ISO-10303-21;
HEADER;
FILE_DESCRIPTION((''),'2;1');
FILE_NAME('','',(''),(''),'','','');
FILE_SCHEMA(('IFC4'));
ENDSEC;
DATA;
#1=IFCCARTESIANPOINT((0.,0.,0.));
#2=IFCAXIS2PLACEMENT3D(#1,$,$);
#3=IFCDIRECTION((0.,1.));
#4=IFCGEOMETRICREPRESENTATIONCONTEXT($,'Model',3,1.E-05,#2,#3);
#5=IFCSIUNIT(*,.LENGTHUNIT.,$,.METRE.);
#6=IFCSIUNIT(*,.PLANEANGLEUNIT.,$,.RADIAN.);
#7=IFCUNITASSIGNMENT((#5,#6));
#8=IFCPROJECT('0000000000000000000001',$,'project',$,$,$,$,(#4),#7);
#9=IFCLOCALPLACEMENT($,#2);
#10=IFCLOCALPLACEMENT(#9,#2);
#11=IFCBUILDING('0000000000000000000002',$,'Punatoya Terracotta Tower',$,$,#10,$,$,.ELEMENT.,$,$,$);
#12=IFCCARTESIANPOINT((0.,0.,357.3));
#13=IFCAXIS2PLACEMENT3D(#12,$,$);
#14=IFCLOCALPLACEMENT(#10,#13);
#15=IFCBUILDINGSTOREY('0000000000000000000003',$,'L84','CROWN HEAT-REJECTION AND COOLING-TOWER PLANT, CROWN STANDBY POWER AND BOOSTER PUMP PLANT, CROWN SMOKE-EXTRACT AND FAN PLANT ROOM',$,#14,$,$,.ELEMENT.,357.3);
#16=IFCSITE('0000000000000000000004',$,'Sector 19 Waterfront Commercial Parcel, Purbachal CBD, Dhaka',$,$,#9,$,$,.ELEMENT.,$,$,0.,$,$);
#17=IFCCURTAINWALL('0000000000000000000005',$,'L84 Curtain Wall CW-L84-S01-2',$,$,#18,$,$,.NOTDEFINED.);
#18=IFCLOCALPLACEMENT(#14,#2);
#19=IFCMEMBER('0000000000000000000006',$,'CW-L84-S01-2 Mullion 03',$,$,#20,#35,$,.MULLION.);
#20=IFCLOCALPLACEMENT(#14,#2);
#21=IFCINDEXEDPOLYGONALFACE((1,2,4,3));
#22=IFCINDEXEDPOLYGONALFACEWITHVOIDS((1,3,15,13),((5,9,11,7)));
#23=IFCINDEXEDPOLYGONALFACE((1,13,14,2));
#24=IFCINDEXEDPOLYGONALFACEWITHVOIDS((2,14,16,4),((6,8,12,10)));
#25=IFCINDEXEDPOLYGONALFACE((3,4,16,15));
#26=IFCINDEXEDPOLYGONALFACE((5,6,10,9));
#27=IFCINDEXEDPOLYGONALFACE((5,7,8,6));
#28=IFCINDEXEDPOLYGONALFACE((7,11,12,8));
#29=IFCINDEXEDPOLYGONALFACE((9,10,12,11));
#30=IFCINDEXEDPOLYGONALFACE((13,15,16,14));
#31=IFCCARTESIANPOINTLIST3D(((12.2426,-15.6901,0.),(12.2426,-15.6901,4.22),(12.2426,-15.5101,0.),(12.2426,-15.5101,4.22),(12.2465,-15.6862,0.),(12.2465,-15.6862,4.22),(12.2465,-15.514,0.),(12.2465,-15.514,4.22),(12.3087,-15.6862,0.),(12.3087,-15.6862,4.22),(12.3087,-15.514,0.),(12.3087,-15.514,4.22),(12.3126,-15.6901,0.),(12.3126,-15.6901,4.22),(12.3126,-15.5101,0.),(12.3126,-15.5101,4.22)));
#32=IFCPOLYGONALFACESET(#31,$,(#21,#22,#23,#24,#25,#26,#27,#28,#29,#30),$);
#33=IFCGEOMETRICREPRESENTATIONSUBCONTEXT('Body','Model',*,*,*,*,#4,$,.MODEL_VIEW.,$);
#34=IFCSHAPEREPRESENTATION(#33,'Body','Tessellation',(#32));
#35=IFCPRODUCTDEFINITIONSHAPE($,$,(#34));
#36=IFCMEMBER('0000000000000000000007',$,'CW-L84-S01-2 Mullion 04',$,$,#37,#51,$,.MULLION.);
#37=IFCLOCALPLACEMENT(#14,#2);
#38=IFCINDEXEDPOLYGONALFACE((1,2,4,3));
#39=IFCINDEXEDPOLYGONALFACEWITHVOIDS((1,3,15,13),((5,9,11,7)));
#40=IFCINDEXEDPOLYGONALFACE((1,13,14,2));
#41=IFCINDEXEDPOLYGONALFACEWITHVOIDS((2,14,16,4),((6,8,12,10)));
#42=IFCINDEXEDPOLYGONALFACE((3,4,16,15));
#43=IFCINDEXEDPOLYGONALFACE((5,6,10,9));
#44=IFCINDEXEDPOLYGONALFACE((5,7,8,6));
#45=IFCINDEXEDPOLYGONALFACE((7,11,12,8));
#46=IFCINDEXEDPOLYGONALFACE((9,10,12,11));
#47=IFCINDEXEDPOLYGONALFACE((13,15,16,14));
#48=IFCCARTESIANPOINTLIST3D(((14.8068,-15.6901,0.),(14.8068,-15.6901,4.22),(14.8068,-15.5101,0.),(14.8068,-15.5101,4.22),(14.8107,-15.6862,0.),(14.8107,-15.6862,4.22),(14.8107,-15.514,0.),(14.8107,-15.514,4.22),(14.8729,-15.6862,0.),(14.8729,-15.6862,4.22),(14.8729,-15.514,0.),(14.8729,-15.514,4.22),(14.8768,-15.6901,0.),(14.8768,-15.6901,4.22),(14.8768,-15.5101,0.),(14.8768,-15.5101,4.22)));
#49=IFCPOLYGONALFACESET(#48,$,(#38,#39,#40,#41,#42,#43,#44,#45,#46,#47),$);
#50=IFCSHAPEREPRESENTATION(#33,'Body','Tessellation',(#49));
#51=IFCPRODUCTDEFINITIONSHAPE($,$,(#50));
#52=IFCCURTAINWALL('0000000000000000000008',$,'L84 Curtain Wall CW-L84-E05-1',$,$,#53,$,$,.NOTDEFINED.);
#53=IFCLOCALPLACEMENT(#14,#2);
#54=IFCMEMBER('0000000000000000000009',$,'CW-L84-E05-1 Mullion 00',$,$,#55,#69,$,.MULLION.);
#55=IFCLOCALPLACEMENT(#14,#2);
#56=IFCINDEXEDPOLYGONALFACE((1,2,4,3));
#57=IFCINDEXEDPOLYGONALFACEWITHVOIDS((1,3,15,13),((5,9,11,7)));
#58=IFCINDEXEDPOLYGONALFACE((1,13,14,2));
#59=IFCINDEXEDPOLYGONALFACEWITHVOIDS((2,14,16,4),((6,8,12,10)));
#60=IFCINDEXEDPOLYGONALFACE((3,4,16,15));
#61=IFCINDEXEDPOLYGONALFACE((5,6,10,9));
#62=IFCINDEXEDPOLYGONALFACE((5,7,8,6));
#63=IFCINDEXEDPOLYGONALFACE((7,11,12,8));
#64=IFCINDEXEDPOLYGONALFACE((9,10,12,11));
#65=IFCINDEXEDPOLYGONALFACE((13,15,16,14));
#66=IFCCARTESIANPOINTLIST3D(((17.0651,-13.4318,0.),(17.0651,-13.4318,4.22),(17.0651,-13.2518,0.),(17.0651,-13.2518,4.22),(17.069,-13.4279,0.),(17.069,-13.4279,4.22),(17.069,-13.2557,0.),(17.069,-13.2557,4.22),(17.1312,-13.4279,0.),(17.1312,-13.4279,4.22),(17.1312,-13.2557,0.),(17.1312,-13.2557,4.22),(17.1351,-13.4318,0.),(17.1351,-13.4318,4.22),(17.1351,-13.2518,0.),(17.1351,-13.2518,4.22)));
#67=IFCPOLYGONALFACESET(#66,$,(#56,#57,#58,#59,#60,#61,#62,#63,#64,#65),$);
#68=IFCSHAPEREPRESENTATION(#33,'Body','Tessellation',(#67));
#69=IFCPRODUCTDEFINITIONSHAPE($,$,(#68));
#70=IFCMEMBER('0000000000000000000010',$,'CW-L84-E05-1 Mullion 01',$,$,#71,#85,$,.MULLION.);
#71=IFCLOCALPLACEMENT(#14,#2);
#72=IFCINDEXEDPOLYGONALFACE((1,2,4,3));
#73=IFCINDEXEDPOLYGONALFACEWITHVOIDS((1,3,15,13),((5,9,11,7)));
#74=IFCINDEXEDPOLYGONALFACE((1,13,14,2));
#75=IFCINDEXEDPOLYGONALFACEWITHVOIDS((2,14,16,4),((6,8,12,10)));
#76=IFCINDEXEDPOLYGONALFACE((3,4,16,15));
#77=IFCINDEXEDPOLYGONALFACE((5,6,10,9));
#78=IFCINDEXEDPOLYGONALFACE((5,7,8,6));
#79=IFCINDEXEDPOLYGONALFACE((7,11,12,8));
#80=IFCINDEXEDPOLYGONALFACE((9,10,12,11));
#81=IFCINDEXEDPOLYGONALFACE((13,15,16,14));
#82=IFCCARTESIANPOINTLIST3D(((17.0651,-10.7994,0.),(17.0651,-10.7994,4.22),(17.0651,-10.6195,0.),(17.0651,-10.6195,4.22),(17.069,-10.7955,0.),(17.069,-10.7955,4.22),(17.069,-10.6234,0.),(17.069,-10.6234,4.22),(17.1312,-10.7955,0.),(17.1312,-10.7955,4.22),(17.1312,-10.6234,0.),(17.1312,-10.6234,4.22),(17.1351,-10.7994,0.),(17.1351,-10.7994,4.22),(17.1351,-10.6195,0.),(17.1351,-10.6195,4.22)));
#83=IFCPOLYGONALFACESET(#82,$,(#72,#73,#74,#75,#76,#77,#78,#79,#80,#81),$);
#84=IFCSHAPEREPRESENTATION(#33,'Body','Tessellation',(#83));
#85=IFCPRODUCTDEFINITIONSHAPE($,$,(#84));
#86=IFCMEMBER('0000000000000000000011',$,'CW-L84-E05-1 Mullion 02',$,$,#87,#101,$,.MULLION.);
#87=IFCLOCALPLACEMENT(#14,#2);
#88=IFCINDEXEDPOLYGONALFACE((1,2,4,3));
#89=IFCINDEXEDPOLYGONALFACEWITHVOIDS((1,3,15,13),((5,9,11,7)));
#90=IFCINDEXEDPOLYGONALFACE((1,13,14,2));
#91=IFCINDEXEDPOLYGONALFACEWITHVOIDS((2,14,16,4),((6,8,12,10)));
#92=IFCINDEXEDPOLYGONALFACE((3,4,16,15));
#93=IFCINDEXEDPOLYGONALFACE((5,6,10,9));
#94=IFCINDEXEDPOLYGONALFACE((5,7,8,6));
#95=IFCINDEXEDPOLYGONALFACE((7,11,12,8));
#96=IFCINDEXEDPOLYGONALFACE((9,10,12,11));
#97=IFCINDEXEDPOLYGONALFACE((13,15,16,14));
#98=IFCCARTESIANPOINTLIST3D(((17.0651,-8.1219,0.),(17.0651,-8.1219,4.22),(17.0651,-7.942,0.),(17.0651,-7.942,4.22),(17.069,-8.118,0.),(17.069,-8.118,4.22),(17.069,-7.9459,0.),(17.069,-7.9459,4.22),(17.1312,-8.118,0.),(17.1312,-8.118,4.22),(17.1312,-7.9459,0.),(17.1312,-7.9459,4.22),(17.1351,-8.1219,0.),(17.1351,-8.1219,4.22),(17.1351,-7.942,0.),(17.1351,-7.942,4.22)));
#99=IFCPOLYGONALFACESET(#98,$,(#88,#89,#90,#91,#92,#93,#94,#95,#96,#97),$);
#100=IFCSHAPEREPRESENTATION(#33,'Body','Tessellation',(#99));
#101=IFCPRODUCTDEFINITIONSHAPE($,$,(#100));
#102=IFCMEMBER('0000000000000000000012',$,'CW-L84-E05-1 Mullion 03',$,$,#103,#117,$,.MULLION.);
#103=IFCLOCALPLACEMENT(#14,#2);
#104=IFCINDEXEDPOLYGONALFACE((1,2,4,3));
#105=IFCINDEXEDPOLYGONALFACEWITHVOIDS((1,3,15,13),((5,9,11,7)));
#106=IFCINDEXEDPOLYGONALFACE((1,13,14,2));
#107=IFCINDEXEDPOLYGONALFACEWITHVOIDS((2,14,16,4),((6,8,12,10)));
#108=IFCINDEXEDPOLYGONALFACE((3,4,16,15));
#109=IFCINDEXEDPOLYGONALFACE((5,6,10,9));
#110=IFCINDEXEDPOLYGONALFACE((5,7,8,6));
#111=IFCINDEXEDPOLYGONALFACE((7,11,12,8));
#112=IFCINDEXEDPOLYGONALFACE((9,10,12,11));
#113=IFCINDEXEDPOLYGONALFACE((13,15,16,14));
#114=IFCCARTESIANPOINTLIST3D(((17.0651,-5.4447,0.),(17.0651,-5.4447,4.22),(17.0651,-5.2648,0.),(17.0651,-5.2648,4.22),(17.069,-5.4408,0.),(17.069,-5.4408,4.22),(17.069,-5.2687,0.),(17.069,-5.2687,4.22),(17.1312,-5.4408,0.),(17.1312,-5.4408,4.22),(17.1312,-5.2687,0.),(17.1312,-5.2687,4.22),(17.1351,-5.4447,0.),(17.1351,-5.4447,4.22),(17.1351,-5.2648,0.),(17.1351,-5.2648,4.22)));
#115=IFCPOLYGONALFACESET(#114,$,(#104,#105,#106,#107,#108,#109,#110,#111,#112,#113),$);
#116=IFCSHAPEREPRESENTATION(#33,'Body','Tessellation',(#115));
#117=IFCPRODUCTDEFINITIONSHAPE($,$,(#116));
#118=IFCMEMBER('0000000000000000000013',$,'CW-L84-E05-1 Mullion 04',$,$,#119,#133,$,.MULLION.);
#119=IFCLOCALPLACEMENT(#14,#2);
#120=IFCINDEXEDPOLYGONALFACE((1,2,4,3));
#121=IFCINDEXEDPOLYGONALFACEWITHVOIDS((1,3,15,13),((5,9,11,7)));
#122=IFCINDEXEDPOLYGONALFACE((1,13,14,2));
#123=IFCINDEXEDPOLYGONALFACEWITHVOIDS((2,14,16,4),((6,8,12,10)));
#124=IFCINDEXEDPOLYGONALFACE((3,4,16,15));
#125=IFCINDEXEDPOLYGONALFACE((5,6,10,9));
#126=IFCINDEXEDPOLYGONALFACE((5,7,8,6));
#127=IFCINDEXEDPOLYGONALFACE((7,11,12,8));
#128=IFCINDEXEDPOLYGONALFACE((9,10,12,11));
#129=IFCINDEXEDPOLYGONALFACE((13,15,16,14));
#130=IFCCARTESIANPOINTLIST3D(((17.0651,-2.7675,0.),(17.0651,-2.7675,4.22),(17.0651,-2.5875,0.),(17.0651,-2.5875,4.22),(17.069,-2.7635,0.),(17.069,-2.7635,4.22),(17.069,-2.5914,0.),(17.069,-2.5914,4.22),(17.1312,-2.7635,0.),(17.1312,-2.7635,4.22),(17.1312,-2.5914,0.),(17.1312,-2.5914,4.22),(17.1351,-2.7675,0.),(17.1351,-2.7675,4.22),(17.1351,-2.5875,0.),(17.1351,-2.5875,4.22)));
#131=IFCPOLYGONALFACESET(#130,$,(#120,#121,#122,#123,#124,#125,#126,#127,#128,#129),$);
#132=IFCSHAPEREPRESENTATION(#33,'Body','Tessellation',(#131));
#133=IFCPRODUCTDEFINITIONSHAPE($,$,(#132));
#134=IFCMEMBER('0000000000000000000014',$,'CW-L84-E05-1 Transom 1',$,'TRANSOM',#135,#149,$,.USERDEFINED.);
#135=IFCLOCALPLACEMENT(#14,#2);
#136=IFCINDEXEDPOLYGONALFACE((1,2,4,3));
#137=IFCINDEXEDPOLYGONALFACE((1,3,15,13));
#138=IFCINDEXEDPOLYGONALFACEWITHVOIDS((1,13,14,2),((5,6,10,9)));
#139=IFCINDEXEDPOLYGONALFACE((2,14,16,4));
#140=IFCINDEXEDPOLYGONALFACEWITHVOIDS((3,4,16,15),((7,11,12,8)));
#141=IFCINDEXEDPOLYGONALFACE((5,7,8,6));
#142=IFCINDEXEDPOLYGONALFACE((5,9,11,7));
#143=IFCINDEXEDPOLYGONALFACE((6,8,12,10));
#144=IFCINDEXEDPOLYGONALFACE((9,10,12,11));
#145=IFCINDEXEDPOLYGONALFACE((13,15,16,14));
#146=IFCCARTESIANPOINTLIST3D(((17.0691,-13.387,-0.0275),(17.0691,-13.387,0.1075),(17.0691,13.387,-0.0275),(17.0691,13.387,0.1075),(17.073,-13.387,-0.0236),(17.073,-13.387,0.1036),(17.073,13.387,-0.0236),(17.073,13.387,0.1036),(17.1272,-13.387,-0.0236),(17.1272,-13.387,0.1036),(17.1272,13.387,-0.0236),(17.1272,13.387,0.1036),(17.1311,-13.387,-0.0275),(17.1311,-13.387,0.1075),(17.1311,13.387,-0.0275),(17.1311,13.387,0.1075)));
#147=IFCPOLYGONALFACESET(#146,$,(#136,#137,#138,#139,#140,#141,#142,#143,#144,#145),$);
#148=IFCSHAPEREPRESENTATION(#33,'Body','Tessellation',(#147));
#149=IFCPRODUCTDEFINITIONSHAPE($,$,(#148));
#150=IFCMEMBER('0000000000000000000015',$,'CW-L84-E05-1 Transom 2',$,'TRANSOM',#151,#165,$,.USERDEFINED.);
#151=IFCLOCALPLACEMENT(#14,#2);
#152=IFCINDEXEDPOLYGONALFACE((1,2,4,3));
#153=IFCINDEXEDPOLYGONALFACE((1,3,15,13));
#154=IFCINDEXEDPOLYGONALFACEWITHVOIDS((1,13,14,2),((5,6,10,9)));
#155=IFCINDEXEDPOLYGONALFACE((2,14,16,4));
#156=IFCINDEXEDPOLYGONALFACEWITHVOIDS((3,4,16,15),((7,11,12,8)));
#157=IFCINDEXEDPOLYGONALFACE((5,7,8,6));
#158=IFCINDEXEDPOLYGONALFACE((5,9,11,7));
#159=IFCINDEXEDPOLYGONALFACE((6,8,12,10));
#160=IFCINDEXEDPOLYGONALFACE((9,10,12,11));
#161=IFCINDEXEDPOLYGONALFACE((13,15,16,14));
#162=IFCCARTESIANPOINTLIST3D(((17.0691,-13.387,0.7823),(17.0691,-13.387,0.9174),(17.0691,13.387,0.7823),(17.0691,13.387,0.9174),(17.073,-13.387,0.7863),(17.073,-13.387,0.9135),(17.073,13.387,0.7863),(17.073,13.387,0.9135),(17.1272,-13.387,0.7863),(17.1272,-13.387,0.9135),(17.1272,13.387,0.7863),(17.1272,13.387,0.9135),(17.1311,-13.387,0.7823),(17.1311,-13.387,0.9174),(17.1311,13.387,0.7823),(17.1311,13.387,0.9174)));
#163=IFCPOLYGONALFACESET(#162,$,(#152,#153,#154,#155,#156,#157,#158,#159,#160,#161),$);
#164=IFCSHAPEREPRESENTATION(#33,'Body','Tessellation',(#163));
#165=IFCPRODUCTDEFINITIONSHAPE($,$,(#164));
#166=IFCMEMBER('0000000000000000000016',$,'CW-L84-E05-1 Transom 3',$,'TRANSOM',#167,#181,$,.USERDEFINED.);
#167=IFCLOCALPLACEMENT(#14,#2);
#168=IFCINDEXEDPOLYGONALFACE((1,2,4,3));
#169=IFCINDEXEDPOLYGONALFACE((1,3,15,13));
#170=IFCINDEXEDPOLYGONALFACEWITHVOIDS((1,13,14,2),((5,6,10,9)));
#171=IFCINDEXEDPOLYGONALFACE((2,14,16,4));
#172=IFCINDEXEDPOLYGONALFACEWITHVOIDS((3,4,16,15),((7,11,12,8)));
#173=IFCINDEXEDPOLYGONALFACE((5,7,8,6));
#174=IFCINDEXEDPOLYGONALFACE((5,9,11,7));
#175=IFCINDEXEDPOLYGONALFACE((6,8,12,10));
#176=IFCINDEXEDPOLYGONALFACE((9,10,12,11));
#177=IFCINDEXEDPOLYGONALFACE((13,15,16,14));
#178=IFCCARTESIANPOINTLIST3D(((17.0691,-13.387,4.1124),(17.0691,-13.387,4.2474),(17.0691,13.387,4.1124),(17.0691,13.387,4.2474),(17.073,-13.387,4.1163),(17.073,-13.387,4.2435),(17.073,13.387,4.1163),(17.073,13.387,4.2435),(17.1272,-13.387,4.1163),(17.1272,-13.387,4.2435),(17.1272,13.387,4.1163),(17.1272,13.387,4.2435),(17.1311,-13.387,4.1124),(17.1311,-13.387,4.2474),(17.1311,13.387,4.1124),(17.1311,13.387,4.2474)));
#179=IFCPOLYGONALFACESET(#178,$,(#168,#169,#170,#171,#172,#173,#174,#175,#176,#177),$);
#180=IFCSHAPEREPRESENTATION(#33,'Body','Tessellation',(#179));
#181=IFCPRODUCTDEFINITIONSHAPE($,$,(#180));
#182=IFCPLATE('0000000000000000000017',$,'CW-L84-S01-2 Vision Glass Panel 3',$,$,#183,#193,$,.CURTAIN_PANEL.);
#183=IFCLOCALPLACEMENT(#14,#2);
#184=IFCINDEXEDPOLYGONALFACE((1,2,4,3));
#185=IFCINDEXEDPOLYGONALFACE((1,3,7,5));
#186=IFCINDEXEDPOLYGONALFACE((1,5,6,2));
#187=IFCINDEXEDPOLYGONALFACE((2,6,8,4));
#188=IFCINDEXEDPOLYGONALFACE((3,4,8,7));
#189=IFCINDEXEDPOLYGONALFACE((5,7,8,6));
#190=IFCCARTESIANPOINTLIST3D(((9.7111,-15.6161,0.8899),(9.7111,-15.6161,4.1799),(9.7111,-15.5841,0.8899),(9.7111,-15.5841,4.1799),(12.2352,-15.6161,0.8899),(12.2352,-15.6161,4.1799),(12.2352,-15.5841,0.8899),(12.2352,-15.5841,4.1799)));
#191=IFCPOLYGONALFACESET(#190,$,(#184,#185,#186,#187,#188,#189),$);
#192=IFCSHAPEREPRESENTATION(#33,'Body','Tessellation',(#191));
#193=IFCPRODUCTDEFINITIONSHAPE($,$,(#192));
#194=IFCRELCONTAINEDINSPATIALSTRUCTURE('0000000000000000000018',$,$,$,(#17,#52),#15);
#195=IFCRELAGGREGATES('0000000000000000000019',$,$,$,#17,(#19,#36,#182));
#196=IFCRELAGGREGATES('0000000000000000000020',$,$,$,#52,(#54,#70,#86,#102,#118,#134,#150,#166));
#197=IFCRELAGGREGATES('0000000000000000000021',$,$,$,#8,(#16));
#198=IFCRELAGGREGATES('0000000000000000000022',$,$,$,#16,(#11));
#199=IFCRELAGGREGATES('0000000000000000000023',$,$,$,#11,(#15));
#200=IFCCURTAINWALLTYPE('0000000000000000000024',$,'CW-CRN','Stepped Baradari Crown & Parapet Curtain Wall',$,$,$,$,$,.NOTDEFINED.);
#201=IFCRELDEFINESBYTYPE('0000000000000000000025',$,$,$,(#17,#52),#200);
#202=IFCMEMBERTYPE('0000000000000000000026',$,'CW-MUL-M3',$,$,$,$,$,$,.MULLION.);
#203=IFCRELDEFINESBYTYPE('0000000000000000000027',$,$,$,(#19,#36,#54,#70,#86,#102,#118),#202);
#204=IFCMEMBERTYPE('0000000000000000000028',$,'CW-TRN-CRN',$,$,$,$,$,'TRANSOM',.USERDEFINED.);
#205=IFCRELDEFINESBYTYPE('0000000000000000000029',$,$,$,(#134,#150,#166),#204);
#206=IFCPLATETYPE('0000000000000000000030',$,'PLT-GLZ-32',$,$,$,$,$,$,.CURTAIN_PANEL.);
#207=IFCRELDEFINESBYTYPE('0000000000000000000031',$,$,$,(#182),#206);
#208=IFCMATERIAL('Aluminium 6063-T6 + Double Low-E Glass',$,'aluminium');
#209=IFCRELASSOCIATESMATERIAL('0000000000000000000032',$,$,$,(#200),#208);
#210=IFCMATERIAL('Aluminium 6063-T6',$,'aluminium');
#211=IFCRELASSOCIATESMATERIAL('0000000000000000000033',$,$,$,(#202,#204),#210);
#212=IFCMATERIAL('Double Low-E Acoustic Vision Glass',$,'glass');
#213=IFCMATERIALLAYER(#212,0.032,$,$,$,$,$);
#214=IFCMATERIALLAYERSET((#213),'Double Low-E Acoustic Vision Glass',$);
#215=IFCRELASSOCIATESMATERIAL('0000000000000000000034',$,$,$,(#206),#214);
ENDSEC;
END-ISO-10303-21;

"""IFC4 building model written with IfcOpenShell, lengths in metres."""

from ifc_helpers import new_model, si_unit, direction, frame, origin, origin_2d, place, context, subcontext, project, spatial, rectangle, hollow_rectangle, extrude, material, layer, layer_set, material_profile, profile_set, type_object, element, aggregate, save


model = new_model("IFC4")

# Units and contexts
model_context = context("Model", 3, precision=1e-05, world=origin(), true_north=direction((0.0, 1.0)))
body_context = subcontext(model_context, "Body", "Model", "MODEL_VIEW")
ifc_project = project(units=[si_unit("LENGTHUNIT", "METRE"), si_unit("PLANEANGLEUNIT", "RADIAN")], contexts=[model_context])

# Site, building, storey
site_placement = place(None, origin())
site = spatial("IfcSite", under=ifc_project, at=site_placement, Name="Sector 19 Waterfront Commercial Parcel, Purbachal CBD, Dhaka", CompositionType="ELEMENT", RefElevation=0.0)
building_placement = place(site_placement, origin())
building = spatial("IfcBuilding", under=site, at=building_placement, Name="Punatoya Terracotta Tower", CompositionType="ELEMENT")
storey_placement = place(building_placement, frame((0.0, 0.0, 357.3)))
storey = spatial("IfcBuildingStorey", under=building, at=storey_placement, Name="L84", Description="CROWN HEAT-REJECTION AND COOLING-TOWER PLANT, CROWN STANDBY POWER AND BOOSTER PUMP PLANT, CROWN SMOKE-EXTRACT AND FAN PLANT ROOM", CompositionType="ELEMENT", Elevation=357.3)

# Curtain walls, members
ifc_material_1 = material(Name="Aluminium 6063-T6 + Double Low-E Glass", Category="aluminium")
curtain_wall_type = type_object("IfcCurtainWallType", Name="CW-CRN", Description="Stepped Baradari Crown & Parapet Curtain Wall", PredefinedType="NOTDEFINED", material=ifc_material_1)
curtain_wall_1_placement = place(storey_placement, origin())
curtain_wall_1 = element("IfcCurtainWall", 1, at=curtain_wall_1_placement, inside=storey, type_object=curtain_wall_type, Name="L84 Curtain Wall CW-L84-S01-2", PredefinedType="NOTDEFINED")
ifc_material_2 = material(Name="Aluminium 6063-T6", Category="aluminium")
ifc_material_profile_1 = material_profile(ifc_material_2, hollow_rectangle(XDim=0.0701, YDim=0.1799, WallThickness=0.0039, at=origin_2d()))
ifc_profile_set_1 = profile_set([ifc_material_profile_1], Name="Aluminium 6063-T6")
member_type_1 = type_object("IfcMemberType", Name="CW-MUL-M3", PredefinedType="MULLION", material=ifc_profile_set_1)
member_1_placement = place(storey_placement, frame((12.2776, -15.6001, 0.0), z_axis=(0.0, 0.0, 1.0), x_axis=(1.0, 0.0, 0.0)))
member_1 = element("IfcMember", 2, at=member_1_placement, type_object=member_type_1, Name="CW-L84-S01-2 Mullion 03", PredefinedType="MULLION", context=body_context, shape_type="SweptSolid", body=[
    extrude(hollow_rectangle(XDim=0.0701, YDim=0.1799, WallThickness=0.0039, at=origin_2d()), origin(), (0.0, 0.0, 1.0), 4.22),
])
member_2_placement = place(storey_placement, frame((14.8418, -15.6001, 0.0), z_axis=(0.0, 0.0, 1.0), x_axis=(1.0, 0.0, 0.0)))
member_2 = element("IfcMember", 3, at=member_2_placement, type_object=member_type_1, Name="CW-L84-S01-2 Mullion 04", PredefinedType="MULLION", context=body_context, shape_type="SweptSolid", body=[
    extrude(hollow_rectangle(XDim=0.0701, YDim=0.1799, WallThickness=0.0039, at=origin_2d()), origin(), (0.0, 0.0, 1.0), 4.22),
])
curtain_wall_2_placement = place(storey_placement, origin())
curtain_wall_2 = element("IfcCurtainWall", 4, at=curtain_wall_2_placement, inside=storey, type_object=curtain_wall_type, Name="L84 Curtain Wall CW-L84-E05-1", PredefinedType="NOTDEFINED")
member_3_placement = place(storey_placement, frame((17.1001, -13.3418, 0.0), z_axis=(0.0, 0.0, 1.0), x_axis=(1.0, 0.0, 0.0)))
member_3 = element("IfcMember", 5, at=member_3_placement, type_object=member_type_1, Name="CW-L84-E05-1 Mullion 00", PredefinedType="MULLION", context=body_context, shape_type="SweptSolid", body=[
    extrude(hollow_rectangle(XDim=0.0701, YDim=0.1799, WallThickness=0.0039, at=origin_2d()), origin(), (0.0, 0.0, 1.0), 4.22),
])
member_4_placement = place(storey_placement, frame((17.1001, -10.7095, 0.0), z_axis=(0.0, 0.0, 1.0), x_axis=(1.0, 0.0, 0.0)))
member_4 = element("IfcMember", 6, at=member_4_placement, type_object=member_type_1, Name="CW-L84-E05-1 Mullion 01", PredefinedType="MULLION", context=body_context, shape_type="SweptSolid", body=[
    extrude(hollow_rectangle(XDim=0.0701, YDim=0.1799, WallThickness=0.0039, at=origin_2d()), origin(), (0.0, 0.0, 1.0), 4.22),
])
member_5_placement = place(storey_placement, frame((17.1001, -8.032, 0.0), z_axis=(0.0, 0.0, 1.0), x_axis=(1.0, 0.0, 0.0)))
member_5 = element("IfcMember", 7, at=member_5_placement, type_object=member_type_1, Name="CW-L84-E05-1 Mullion 02", PredefinedType="MULLION", context=body_context, shape_type="SweptSolid", body=[
    extrude(hollow_rectangle(XDim=0.0701, YDim=0.1799, WallThickness=0.0039, at=origin_2d()), origin(), (0.0, 0.0, 1.0), 4.22),
])
member_6_placement = place(storey_placement, frame((17.1001, -5.3547, 0.0), z_axis=(0.0, 0.0, 1.0), x_axis=(1.0, 0.0, 0.0)))
member_6 = element("IfcMember", 8, at=member_6_placement, type_object=member_type_1, Name="CW-L84-E05-1 Mullion 03", PredefinedType="MULLION", context=body_context, shape_type="SweptSolid", body=[
    extrude(hollow_rectangle(XDim=0.0701, YDim=0.1799, WallThickness=0.0039, at=origin_2d()), origin(), (0.0, 0.0, 1.0), 4.22),
])
member_7_placement = place(storey_placement, frame((17.1001, -2.6775, 0.0), z_axis=(0.0, 0.0, 1.0), x_axis=(1.0, 0.0, 0.0)))
member_7 = element("IfcMember", 9, at=member_7_placement, type_object=member_type_1, Name="CW-L84-E05-1 Mullion 04", PredefinedType="MULLION", context=body_context, shape_type="SweptSolid", body=[
    extrude(hollow_rectangle(XDim=0.0701, YDim=0.1799, WallThickness=0.0039, at=origin_2d()), origin(), (0.0, 0.0, 1.0), 4.22),
])
ifc_material_profile_2 = material_profile(ifc_material_2, hollow_rectangle(XDim=0.062, YDim=0.135, WallThickness=0.0039, at=origin_2d()))
ifc_profile_set_2 = profile_set([ifc_material_profile_2], Name="Aluminium 6063-T6")
member_type_2 = type_object("IfcMemberType", Name="CW-TRN-CRN", ElementType="TRANSOM", PredefinedType="USERDEFINED", material=ifc_profile_set_2)
member_8_placement = place(storey_placement, frame((17.1001, -13.387, 0.04), z_axis=(0.0, 1.0, 0.0), x_axis=(-1.0, 0.0, 0.0)))
member_8 = element("IfcMember", 10, at=member_8_placement, type_object=member_type_2, Name="CW-L84-E05-1 Transom 1", ObjectType="TRANSOM", PredefinedType="USERDEFINED", context=body_context, shape_type="SweptSolid", body=[
    extrude(hollow_rectangle(XDim=0.062, YDim=0.135, WallThickness=0.0039, at=origin_2d()), origin(), (0.0, 0.0, 1.0), 26.7739),
])
member_9_placement = place(storey_placement, frame((17.1001, -13.387, 0.8499), z_axis=(0.0, 1.0, 0.0), x_axis=(-1.0, 0.0, 0.0)))
member_9 = element("IfcMember", 11, at=member_9_placement, type_object=member_type_2, Name="CW-L84-E05-1 Transom 2", ObjectType="TRANSOM", PredefinedType="USERDEFINED", context=body_context, shape_type="SweptSolid", body=[
    extrude(hollow_rectangle(XDim=0.062, YDim=0.135, WallThickness=0.0039, at=origin_2d()), origin(), (0.0, 0.0, 1.0), 26.7739),
])
member_10_placement = place(storey_placement, frame((17.1001, -13.387, 4.1799), z_axis=(0.0, 1.0, 0.0), x_axis=(-1.0, 0.0, 0.0)))
member_10 = element("IfcMember", 12, at=member_10_placement, type_object=member_type_2, Name="CW-L84-E05-1 Transom 3", ObjectType="TRANSOM", PredefinedType="USERDEFINED", context=body_context, shape_type="SweptSolid", body=[
    extrude(hollow_rectangle(XDim=0.062, YDim=0.135, WallThickness=0.0039, at=origin_2d()), origin(), (0.0, 0.0, 1.0), 26.7739),
])

# Plate
ifc_material_3 = material(Name="Double Low-E Acoustic Vision Glass", Category="glass")
ifc_layer_1 = layer(ifc_material_3, 0.032)
ifc_layer_set_1 = layer_set([ifc_layer_1], Name="Double Low-E Acoustic Vision Glass")
plate_type_1 = type_object("IfcPlateType", Name="PLT-GLZ-32", PredefinedType="CURTAIN_PANEL", material=ifc_layer_set_1)
plate_1_placement = place(storey_placement, frame((10.9731, -15.6001, 0.8899), z_axis=(0.0, 0.0, 1.0), x_axis=(1.0, 0.0, 0.0)))
plate_1 = element("IfcPlate", 13, at=plate_1_placement, type_object=plate_type_1, Name="CW-L84-S01-2 Vision Glass Panel 3", PredefinedType="CURTAIN_PANEL", context=body_context, shape_type="SweptSolid", body=[
    extrude(rectangle(XDim=2.5242, YDim=0.032, at=origin_2d()), origin(), (0.0, 0.0, 1.0), 3.29),
])
aggregate(curtain_wall_1, [member_1, member_2, plate_1])
aggregate(curtain_wall_2, [member_3, member_4, member_5, member_6, member_7, member_8, member_9, member_10])

save(model, "model.ifc")
